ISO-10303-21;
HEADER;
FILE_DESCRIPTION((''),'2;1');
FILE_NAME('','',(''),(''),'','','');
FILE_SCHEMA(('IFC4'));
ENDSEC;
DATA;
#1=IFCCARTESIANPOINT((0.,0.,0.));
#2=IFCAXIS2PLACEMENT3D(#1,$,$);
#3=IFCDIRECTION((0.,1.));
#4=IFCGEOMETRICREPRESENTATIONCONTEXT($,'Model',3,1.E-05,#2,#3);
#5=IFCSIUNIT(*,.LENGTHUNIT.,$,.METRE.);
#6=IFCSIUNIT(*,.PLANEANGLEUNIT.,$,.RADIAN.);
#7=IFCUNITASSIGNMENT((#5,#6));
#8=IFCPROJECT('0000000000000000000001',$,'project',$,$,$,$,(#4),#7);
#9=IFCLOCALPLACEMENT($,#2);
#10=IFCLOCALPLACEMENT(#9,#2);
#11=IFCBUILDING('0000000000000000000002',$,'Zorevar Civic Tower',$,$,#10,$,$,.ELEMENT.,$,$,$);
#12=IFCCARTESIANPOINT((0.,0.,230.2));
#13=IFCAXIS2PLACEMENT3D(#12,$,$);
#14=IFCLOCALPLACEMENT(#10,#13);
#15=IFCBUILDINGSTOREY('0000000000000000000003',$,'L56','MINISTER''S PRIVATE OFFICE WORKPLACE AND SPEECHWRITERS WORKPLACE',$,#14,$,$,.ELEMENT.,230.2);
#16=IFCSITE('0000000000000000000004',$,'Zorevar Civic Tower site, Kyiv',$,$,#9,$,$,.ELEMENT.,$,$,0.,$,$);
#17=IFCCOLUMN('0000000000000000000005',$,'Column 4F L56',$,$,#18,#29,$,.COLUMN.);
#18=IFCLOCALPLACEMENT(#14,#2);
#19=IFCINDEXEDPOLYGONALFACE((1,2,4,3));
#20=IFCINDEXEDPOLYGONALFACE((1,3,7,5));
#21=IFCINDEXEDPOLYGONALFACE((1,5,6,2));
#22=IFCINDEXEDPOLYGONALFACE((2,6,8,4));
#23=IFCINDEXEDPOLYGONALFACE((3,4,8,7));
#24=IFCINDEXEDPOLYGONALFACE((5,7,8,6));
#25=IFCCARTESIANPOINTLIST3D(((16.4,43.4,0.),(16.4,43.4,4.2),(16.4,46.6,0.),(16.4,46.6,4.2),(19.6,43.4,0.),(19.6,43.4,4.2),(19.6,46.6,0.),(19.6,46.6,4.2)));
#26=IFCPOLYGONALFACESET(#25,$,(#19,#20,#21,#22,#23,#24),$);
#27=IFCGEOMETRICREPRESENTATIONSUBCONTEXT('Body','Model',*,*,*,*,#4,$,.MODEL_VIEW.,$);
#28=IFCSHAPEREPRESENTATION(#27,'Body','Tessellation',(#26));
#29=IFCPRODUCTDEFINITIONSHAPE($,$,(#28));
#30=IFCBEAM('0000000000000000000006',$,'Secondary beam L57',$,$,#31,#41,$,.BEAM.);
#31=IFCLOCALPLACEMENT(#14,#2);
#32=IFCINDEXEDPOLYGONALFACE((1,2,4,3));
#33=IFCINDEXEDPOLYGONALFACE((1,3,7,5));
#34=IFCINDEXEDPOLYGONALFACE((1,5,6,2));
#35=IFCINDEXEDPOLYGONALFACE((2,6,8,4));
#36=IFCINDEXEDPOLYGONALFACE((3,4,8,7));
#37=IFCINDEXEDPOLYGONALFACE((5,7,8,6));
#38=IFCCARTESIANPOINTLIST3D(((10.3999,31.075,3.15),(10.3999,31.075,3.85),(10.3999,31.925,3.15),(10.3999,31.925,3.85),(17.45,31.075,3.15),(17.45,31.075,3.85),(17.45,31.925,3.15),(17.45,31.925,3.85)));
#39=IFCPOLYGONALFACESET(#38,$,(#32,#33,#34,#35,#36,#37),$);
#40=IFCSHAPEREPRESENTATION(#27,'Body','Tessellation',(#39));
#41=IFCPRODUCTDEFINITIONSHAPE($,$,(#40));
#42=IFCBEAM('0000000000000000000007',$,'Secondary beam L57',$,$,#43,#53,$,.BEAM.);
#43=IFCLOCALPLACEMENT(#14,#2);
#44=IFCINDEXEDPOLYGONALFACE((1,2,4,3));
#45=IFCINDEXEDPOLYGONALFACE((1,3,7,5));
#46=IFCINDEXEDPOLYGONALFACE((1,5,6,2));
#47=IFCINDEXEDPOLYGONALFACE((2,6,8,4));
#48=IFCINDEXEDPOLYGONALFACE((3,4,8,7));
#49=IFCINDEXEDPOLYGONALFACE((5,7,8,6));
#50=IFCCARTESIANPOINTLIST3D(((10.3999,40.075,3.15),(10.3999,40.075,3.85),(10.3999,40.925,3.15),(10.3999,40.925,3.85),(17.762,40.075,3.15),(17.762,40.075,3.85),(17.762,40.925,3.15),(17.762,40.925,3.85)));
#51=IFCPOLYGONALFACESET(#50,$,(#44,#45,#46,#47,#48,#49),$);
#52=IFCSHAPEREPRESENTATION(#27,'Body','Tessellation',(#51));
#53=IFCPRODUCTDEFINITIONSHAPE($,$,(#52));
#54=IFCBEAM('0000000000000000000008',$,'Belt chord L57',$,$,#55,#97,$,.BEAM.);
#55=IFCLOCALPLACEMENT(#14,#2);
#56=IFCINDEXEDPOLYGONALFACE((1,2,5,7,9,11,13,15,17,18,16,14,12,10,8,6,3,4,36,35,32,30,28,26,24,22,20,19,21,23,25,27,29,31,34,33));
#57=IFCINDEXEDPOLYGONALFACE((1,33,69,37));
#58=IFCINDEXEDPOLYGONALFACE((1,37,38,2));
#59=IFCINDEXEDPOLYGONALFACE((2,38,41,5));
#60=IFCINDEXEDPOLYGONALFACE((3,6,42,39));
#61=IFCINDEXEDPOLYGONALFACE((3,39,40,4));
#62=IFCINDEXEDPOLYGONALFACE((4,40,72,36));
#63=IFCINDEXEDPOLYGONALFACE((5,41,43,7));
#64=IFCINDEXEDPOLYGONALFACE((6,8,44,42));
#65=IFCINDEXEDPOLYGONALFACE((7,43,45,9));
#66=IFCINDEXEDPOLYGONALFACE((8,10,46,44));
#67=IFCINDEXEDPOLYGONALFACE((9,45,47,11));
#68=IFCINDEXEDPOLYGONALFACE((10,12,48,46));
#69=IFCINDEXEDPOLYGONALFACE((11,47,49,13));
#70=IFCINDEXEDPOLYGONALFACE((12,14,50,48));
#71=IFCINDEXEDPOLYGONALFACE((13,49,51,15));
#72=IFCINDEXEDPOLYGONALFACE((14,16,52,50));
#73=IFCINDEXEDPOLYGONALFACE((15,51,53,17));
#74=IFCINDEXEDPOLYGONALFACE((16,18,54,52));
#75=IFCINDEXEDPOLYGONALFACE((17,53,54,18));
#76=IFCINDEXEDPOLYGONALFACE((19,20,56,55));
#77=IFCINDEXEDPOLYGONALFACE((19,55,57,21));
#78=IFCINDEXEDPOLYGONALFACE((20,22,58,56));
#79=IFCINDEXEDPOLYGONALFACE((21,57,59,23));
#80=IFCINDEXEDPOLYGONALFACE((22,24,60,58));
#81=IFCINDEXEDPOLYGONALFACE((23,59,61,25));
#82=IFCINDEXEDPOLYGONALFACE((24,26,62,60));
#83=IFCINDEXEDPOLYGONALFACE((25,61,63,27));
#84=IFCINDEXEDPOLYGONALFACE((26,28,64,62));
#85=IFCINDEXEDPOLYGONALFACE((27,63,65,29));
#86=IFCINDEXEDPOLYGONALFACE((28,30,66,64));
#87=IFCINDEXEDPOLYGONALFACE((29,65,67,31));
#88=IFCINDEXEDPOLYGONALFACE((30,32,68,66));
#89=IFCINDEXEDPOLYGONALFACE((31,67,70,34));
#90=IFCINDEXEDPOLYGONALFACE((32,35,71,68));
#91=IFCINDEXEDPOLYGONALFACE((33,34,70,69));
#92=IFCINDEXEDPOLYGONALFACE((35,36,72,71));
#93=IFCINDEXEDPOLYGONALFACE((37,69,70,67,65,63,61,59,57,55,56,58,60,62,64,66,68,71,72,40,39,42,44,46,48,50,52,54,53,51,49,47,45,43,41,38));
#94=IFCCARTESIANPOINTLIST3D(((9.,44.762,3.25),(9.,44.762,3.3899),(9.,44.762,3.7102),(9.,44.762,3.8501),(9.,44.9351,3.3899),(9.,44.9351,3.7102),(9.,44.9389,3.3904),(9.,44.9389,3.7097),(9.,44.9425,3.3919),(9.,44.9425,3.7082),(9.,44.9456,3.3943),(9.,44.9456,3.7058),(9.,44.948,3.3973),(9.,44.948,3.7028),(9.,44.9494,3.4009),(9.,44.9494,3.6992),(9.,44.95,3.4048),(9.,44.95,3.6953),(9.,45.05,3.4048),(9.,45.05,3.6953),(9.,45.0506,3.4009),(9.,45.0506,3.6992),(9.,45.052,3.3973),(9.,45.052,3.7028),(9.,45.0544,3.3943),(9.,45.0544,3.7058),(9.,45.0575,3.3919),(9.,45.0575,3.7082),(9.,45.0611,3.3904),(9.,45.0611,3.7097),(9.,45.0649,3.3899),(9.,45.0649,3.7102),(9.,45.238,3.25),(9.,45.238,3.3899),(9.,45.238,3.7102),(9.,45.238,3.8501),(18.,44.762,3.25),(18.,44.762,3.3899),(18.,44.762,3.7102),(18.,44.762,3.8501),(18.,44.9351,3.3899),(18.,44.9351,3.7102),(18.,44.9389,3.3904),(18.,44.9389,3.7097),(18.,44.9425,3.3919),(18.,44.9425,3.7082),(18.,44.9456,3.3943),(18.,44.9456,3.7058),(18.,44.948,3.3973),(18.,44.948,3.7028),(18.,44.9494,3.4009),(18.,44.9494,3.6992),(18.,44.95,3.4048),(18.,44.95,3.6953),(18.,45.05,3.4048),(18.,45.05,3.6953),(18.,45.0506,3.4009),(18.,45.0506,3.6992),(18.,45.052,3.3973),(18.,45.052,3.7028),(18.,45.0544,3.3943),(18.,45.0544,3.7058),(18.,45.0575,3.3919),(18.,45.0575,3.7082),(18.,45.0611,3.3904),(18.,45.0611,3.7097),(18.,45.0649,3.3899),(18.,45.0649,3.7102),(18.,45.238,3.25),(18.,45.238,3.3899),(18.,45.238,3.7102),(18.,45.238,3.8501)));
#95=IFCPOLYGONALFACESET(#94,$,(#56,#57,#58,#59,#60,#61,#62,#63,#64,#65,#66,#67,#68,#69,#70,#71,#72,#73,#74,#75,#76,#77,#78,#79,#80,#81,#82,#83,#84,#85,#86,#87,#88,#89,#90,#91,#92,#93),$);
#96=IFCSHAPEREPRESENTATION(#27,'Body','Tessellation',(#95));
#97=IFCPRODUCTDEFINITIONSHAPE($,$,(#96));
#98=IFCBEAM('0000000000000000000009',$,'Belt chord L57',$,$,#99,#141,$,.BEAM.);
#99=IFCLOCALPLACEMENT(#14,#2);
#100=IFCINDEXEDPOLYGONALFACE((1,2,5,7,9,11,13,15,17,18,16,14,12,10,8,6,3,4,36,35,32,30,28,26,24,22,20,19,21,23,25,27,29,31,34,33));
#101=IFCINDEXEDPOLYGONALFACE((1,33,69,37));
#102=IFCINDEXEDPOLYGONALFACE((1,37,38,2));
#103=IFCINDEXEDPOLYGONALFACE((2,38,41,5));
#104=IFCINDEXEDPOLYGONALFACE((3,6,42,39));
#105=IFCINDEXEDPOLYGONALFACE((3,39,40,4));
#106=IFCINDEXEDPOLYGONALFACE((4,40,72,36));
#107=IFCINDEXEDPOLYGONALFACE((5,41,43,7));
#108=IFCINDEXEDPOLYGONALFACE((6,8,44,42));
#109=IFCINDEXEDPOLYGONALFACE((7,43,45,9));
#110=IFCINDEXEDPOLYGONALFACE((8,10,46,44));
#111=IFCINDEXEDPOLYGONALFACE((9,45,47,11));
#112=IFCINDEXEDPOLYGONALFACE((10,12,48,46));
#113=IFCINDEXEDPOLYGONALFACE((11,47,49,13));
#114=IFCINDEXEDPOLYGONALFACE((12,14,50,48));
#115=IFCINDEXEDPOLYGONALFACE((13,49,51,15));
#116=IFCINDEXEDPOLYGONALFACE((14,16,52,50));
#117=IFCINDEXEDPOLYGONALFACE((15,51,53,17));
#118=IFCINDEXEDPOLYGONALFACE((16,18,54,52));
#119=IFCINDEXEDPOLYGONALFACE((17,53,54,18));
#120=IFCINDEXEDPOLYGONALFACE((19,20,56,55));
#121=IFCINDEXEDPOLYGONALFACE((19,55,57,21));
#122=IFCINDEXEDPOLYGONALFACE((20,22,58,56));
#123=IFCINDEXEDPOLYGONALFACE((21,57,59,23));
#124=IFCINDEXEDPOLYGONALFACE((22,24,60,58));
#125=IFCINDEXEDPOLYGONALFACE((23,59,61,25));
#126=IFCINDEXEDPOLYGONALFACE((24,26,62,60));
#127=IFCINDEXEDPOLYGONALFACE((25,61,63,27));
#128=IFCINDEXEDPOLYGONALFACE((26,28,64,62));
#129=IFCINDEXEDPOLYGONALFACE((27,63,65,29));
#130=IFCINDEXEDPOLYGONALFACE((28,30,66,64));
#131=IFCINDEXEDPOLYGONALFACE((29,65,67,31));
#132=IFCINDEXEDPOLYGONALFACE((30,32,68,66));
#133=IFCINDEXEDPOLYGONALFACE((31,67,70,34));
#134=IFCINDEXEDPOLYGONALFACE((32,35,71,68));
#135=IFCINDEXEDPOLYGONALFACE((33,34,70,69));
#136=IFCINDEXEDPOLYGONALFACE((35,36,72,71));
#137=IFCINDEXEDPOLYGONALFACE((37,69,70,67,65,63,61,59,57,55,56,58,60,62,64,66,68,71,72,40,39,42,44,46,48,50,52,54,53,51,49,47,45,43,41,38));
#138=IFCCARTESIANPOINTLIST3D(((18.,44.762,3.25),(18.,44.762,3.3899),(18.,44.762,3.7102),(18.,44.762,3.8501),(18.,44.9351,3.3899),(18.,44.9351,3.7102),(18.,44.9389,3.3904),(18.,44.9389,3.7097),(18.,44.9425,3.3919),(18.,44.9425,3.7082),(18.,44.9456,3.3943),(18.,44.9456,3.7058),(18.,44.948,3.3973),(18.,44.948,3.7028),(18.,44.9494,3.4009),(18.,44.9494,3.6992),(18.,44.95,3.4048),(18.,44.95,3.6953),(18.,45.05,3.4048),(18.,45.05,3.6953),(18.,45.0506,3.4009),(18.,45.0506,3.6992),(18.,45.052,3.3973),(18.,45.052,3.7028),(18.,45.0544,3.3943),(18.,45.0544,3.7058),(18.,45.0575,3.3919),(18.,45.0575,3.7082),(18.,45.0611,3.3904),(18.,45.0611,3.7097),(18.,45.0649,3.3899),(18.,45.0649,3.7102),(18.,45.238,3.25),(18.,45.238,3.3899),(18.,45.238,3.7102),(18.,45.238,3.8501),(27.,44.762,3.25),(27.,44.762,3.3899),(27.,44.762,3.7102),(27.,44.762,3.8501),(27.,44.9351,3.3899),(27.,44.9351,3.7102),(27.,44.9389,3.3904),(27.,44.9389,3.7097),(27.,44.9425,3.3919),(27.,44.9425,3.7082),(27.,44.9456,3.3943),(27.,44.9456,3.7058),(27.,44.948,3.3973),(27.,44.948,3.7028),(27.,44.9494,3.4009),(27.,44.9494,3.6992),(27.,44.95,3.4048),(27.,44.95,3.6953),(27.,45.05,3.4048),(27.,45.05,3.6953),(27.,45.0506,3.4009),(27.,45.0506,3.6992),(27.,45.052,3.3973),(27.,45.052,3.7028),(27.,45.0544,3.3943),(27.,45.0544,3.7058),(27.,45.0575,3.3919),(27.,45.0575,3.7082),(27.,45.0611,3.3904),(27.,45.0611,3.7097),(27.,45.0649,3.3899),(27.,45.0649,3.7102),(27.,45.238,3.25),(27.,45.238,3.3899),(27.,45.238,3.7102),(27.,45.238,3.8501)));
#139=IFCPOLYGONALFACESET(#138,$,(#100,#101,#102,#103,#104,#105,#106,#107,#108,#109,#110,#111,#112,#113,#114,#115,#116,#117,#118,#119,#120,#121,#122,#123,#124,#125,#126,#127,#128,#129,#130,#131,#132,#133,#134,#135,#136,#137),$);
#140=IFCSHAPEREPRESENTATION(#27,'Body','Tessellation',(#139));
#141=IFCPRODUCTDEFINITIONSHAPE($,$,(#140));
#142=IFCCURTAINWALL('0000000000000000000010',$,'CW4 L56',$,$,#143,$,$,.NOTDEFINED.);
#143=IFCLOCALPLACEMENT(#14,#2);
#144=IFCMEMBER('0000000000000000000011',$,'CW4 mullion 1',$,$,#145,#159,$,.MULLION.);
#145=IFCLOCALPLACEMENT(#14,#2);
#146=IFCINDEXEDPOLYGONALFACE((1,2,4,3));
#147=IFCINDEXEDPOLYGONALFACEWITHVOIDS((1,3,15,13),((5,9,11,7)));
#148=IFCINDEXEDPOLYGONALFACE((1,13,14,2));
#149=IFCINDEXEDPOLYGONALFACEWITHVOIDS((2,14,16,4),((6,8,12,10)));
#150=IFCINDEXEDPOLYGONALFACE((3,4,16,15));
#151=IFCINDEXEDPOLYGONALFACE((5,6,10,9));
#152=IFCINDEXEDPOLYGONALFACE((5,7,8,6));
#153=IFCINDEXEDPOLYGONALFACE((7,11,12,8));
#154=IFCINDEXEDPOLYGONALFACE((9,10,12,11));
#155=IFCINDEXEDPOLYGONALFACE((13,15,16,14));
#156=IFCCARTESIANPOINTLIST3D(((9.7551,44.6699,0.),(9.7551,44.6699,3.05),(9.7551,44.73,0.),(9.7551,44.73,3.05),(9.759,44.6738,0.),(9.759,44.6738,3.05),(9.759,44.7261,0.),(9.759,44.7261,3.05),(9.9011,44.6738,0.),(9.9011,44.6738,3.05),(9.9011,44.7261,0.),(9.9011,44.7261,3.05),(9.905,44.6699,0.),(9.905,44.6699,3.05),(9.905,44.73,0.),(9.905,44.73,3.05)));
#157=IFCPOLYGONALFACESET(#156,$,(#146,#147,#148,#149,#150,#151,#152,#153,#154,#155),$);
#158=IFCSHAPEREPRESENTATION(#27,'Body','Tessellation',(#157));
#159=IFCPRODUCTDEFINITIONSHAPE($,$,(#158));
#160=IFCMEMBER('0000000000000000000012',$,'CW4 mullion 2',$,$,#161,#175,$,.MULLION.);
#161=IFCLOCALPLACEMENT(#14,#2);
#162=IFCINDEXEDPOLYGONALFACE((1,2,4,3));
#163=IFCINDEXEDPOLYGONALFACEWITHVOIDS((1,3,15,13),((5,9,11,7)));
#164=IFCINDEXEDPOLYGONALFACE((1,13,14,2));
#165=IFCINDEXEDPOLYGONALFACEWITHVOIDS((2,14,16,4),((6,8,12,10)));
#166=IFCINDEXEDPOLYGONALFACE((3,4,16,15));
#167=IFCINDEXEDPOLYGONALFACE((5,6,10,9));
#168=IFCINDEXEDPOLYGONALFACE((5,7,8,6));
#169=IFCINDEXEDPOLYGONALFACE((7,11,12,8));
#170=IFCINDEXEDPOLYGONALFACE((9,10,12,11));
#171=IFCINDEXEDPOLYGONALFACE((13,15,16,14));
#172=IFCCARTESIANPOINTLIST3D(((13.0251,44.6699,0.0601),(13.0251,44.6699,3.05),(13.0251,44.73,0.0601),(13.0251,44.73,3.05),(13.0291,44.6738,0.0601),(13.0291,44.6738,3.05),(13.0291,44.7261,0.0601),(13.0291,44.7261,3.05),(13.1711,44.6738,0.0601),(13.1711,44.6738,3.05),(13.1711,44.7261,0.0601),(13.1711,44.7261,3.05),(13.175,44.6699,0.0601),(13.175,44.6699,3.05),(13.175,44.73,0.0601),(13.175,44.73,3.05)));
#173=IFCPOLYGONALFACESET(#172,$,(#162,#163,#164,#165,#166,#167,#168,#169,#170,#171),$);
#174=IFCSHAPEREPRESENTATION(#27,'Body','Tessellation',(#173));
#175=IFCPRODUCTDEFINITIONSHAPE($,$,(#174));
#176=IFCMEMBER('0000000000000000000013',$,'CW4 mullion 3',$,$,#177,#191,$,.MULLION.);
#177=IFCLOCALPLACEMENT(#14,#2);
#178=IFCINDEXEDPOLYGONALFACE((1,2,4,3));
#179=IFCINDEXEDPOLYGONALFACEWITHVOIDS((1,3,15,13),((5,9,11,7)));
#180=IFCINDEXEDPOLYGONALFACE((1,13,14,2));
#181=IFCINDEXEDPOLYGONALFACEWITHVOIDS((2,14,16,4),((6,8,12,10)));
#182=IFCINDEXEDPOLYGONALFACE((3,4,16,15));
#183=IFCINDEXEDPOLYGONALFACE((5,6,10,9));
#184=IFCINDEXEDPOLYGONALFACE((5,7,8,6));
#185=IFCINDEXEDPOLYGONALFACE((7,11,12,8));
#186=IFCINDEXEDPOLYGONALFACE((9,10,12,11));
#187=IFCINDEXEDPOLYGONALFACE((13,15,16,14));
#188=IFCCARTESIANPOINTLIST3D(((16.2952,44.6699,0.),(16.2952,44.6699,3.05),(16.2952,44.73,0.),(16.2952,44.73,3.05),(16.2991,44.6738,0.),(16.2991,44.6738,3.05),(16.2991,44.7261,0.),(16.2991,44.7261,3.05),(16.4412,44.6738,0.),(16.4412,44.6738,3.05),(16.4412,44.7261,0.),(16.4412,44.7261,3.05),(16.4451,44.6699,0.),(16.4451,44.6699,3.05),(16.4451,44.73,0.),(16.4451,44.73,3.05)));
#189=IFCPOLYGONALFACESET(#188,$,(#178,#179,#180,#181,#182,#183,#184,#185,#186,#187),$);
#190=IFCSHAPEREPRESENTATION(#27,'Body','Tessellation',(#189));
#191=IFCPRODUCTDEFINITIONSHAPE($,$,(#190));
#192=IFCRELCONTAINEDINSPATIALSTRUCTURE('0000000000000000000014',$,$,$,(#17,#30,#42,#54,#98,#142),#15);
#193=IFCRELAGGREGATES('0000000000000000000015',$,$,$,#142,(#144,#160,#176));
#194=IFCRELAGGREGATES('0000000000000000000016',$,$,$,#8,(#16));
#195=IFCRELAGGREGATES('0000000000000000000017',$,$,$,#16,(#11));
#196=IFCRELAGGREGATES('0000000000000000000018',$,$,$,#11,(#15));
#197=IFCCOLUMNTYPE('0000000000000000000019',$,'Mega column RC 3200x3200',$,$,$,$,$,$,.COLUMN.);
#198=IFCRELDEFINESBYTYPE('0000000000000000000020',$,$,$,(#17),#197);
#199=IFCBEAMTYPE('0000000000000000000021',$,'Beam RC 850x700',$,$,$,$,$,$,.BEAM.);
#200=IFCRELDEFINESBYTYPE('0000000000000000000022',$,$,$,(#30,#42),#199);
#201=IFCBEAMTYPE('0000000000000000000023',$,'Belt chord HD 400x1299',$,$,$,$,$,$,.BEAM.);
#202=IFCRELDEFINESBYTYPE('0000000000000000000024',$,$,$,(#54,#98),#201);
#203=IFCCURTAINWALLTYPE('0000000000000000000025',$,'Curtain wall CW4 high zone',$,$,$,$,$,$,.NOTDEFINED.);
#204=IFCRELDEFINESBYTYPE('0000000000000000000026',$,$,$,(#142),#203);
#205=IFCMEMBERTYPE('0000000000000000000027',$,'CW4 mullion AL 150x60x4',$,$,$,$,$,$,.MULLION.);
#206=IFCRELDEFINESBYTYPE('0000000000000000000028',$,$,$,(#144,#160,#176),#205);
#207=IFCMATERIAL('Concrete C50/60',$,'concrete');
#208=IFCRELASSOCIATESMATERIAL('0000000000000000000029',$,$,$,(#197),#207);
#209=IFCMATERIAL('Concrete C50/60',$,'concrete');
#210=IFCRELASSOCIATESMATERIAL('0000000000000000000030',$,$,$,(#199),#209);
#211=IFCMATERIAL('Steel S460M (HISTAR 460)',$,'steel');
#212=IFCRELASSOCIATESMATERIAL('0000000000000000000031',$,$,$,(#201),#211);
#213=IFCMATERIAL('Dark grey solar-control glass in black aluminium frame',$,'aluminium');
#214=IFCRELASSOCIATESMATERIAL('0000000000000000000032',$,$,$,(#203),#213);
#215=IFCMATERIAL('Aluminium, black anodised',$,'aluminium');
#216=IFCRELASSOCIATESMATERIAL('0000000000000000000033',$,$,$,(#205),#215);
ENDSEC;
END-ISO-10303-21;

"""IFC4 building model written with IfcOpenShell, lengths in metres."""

from ifc_helpers import new_model, si_unit, direction, frame, origin, origin_2d, place, context, subcontext, project, spatial, rectangle, hollow_rectangle, i_section, extrude, material, material_profile, profile_set, type_object, element, aggregate, save


model = new_model("IFC4")

# Units and contexts
model_context = context("Model", 3, precision=1e-05, world=origin(), true_north=direction((0.0, 1.0)))
body_context = subcontext(model_context, "Body", "Model", "MODEL_VIEW")
ifc_project = project(units=[si_unit("LENGTHUNIT", "METRE"), si_unit("PLANEANGLEUNIT", "RADIAN")], contexts=[model_context])

# Site, building, storey
site_placement = place(None, origin())
site = spatial("IfcSite", under=ifc_project, at=site_placement, Name="Zorevar Civic Tower site, Kyiv", CompositionType="ELEMENT", RefElevation=0.0)
building_placement = place(site_placement, origin())
building = spatial("IfcBuilding", under=site, at=building_placement, Name="Zorevar Civic Tower", CompositionType="ELEMENT")
storey_placement = place(building_placement, frame((0.0, 0.0, 230.2)))
storey = spatial("IfcBuildingStorey", under=building, at=storey_placement, Name="L56", Description="MINISTER'S PRIVATE OFFICE WORKPLACE AND SPEECHWRITERS WORKPLACE", CompositionType="ELEMENT", Elevation=230.2)

# Column
ifc_material_1 = material(Name="Concrete C50/60", Category="concrete")
ifc_material_profile_1 = material_profile(ifc_material_1, rectangle(XDim=3.2, YDim=3.2, at=origin_2d()), Name="RC 3200x3200")
ifc_profile_set_1 = profile_set([ifc_material_profile_1], Name="Concrete C50/60")
column_type = type_object("IfcColumnType", Name="Mega column RC 3200x3200", PredefinedType="COLUMN", material=ifc_profile_set_1)
column_placement = place(storey_placement, frame((18.0, 45.0, 0.0), z_axis=(0.0, 0.0, 1.0), x_axis=(1.0, 0.0, 0.0)))
element("IfcColumn", 1, at=column_placement, inside=storey, type_object=column_type, Name="Column 4F L56", PredefinedType="COLUMN", context=body_context, shape_type="SweptSolid", body=[
    extrude(rectangle(XDim=3.2, YDim=3.2, at=origin_2d()), origin(), (0.0, 0.0, 1.0), 4.2),
])

# Beams
ifc_material_2 = material(Name="Concrete C50/60", Category="concrete")
ifc_material_profile_2 = material_profile(ifc_material_2, rectangle(XDim=0.8501, YDim=0.7, at=origin_2d()), Name="RC 850x700")
ifc_profile_set_2 = profile_set([ifc_material_profile_2], Name="Concrete C50/60")
beam_type_1 = type_object("IfcBeamType", Name="Beam RC 850x700", PredefinedType="BEAM", material=ifc_profile_set_2)
beam_1_placement = place(storey_placement, frame((10.3999, 31.5, 3.5), z_axis=(1.0, 0.0, 0.0), x_axis=(0.0, 1.0, 0.0)))
element("IfcBeam", 2, at=beam_1_placement, inside=storey, type_object=beam_type_1, Name="Secondary beam L57", PredefinedType="BEAM", context=body_context, shape_type="SweptSolid", body=[
    extrude(rectangle(XDim=0.8501, YDim=0.7, at=origin_2d()), origin(), (0.0, 0.0, 1.0), 7.05),
])
beam_2_placement = place(storey_placement, frame((10.3999, 40.5, 3.5), z_axis=(1.0, 0.0, 0.0), x_axis=(0.0, 1.0, 0.0)))
element("IfcBeam", 3, at=beam_2_placement, inside=storey, type_object=beam_type_1, Name="Secondary beam L57", PredefinedType="BEAM", context=body_context, shape_type="SweptSolid", body=[
    extrude(rectangle(XDim=0.8501, YDim=0.7, at=origin_2d()), origin(), (0.0, 0.0, 1.0), 7.3621),
])
ifc_material_3 = material(Name="Steel S460M (HISTAR 460)", Category="steel")
ifc_material_profile_3 = material_profile(ifc_material_3, i_section(OverallWidth=0.4761, OverallDepth=0.6001, WebThickness=0.1001, FlangeThickness=0.1399, FilletRadius=0.0149, at=origin_2d()), Name="HD 400x1299")
ifc_profile_set_3 = profile_set([ifc_material_profile_3], Name="Steel S460M (HISTAR 460)")
beam_type_2 = type_object("IfcBeamType", Name="Belt chord HD 400x1299", PredefinedType="BEAM", material=ifc_profile_set_3)
for number, where, z_axis, x_axis, name in (
    (4, (9.0, 45.0, 3.55), (1.0, 0.0, 0.0), (0.0, 1.0, 0.0), "Belt chord L57"),
    (5, (18.0, 45.0, 3.55), (1.0, 0.0, 0.0), (0.0, 1.0, 0.0), "Belt chord L57"),
):
    element("IfcBeam", number, at=place(storey_placement, frame(where, z_axis=z_axis, x_axis=x_axis)), inside=storey, type_object=beam_type_2, Name=name, PredefinedType="BEAM", context=body_context, shape_type="SweptSolid", body=[
        extrude(i_section(OverallWidth=0.4761, OverallDepth=0.6001, WebThickness=0.1001, FlangeThickness=0.1399, FilletRadius=0.0149, at=origin_2d()), origin(), (0.0, 0.0, 1.0), 9.0),
    ])

# Curtain wall, members
ifc_material_4 = material(Name="Dark grey solar-control glass in black aluminium frame", Category="aluminium")
curtain_wall_type = type_object("IfcCurtainWallType", Name="Curtain wall CW4 high zone", PredefinedType="NOTDEFINED", material=ifc_material_4)
curtain_wall_1_placement = place(storey_placement, origin())
curtain_wall_1 = element("IfcCurtainWall", 6, at=curtain_wall_1_placement, inside=storey, type_object=curtain_wall_type, Name="CW4 L56", PredefinedType="NOTDEFINED")
ifc_material_5 = material(Name="Aluminium, black anodised", Category="aluminium")
ifc_material_profile_4 = material_profile(ifc_material_5, hollow_rectangle(XDim=0.0601, YDim=0.1499, WallThickness=0.0039, at=origin_2d()), Name="AL 150x60x4")
ifc_profile_set_4 = profile_set([ifc_material_profile_4], Name="Aluminium, black anodised")
member_type_1 = type_object("IfcMemberType", Name="CW4 mullion AL 150x60x4", PredefinedType="MULLION", material=ifc_profile_set_4)
member_1_placement = place(storey_placement, frame((9.8301, 44.7, 0.0), z_axis=(0.0, 0.0, 1.0), x_axis=(0.0, 1.0, 0.0)))
member_1 = element("IfcMember", 7, at=member_1_placement, type_object=member_type_1, Name="CW4 mullion 1", PredefinedType="MULLION", context=body_context, shape_type="SweptSolid", body=[
    extrude(hollow_rectangle(XDim=0.0601, YDim=0.1499, WallThickness=0.0039, at=origin_2d()), origin(), (0.0, 0.0, 1.0), 3.05),
])
member_2_placement = place(storey_placement, frame((13.1001, 44.7, 0.0601), z_axis=(0.0, 0.0, 1.0), x_axis=(0.0, 1.0, 0.0)))
member_2 = element("IfcMember", 8, at=member_2_placement, type_object=member_type_1, Name="CW4 mullion 2", PredefinedType="MULLION", context=body_context, shape_type="SweptSolid", body=[
    extrude(hollow_rectangle(XDim=0.0601, YDim=0.1499, WallThickness=0.0039, at=origin_2d()), origin(), (0.0, 0.0, 1.0), 2.99),
])
member_3_placement = place(storey_placement, frame((16.3701, 44.7, 0.0), z_axis=(0.0, 0.0, 1.0), x_axis=(0.0, 1.0, 0.0)))
member_3 = element("IfcMember", 9, at=member_3_placement, type_object=member_type_1, Name="CW4 mullion 3", PredefinedType="MULLION", context=body_context, shape_type="SweptSolid", body=[
    extrude(hollow_rectangle(XDim=0.0601, YDim=0.1499, WallThickness=0.0039, at=origin_2d()), origin(), (0.0, 0.0, 1.0), 3.05),
])

aggregate(curtain_wall_1, [member_1, member_2, member_3])

save(model, "model.ifc")
